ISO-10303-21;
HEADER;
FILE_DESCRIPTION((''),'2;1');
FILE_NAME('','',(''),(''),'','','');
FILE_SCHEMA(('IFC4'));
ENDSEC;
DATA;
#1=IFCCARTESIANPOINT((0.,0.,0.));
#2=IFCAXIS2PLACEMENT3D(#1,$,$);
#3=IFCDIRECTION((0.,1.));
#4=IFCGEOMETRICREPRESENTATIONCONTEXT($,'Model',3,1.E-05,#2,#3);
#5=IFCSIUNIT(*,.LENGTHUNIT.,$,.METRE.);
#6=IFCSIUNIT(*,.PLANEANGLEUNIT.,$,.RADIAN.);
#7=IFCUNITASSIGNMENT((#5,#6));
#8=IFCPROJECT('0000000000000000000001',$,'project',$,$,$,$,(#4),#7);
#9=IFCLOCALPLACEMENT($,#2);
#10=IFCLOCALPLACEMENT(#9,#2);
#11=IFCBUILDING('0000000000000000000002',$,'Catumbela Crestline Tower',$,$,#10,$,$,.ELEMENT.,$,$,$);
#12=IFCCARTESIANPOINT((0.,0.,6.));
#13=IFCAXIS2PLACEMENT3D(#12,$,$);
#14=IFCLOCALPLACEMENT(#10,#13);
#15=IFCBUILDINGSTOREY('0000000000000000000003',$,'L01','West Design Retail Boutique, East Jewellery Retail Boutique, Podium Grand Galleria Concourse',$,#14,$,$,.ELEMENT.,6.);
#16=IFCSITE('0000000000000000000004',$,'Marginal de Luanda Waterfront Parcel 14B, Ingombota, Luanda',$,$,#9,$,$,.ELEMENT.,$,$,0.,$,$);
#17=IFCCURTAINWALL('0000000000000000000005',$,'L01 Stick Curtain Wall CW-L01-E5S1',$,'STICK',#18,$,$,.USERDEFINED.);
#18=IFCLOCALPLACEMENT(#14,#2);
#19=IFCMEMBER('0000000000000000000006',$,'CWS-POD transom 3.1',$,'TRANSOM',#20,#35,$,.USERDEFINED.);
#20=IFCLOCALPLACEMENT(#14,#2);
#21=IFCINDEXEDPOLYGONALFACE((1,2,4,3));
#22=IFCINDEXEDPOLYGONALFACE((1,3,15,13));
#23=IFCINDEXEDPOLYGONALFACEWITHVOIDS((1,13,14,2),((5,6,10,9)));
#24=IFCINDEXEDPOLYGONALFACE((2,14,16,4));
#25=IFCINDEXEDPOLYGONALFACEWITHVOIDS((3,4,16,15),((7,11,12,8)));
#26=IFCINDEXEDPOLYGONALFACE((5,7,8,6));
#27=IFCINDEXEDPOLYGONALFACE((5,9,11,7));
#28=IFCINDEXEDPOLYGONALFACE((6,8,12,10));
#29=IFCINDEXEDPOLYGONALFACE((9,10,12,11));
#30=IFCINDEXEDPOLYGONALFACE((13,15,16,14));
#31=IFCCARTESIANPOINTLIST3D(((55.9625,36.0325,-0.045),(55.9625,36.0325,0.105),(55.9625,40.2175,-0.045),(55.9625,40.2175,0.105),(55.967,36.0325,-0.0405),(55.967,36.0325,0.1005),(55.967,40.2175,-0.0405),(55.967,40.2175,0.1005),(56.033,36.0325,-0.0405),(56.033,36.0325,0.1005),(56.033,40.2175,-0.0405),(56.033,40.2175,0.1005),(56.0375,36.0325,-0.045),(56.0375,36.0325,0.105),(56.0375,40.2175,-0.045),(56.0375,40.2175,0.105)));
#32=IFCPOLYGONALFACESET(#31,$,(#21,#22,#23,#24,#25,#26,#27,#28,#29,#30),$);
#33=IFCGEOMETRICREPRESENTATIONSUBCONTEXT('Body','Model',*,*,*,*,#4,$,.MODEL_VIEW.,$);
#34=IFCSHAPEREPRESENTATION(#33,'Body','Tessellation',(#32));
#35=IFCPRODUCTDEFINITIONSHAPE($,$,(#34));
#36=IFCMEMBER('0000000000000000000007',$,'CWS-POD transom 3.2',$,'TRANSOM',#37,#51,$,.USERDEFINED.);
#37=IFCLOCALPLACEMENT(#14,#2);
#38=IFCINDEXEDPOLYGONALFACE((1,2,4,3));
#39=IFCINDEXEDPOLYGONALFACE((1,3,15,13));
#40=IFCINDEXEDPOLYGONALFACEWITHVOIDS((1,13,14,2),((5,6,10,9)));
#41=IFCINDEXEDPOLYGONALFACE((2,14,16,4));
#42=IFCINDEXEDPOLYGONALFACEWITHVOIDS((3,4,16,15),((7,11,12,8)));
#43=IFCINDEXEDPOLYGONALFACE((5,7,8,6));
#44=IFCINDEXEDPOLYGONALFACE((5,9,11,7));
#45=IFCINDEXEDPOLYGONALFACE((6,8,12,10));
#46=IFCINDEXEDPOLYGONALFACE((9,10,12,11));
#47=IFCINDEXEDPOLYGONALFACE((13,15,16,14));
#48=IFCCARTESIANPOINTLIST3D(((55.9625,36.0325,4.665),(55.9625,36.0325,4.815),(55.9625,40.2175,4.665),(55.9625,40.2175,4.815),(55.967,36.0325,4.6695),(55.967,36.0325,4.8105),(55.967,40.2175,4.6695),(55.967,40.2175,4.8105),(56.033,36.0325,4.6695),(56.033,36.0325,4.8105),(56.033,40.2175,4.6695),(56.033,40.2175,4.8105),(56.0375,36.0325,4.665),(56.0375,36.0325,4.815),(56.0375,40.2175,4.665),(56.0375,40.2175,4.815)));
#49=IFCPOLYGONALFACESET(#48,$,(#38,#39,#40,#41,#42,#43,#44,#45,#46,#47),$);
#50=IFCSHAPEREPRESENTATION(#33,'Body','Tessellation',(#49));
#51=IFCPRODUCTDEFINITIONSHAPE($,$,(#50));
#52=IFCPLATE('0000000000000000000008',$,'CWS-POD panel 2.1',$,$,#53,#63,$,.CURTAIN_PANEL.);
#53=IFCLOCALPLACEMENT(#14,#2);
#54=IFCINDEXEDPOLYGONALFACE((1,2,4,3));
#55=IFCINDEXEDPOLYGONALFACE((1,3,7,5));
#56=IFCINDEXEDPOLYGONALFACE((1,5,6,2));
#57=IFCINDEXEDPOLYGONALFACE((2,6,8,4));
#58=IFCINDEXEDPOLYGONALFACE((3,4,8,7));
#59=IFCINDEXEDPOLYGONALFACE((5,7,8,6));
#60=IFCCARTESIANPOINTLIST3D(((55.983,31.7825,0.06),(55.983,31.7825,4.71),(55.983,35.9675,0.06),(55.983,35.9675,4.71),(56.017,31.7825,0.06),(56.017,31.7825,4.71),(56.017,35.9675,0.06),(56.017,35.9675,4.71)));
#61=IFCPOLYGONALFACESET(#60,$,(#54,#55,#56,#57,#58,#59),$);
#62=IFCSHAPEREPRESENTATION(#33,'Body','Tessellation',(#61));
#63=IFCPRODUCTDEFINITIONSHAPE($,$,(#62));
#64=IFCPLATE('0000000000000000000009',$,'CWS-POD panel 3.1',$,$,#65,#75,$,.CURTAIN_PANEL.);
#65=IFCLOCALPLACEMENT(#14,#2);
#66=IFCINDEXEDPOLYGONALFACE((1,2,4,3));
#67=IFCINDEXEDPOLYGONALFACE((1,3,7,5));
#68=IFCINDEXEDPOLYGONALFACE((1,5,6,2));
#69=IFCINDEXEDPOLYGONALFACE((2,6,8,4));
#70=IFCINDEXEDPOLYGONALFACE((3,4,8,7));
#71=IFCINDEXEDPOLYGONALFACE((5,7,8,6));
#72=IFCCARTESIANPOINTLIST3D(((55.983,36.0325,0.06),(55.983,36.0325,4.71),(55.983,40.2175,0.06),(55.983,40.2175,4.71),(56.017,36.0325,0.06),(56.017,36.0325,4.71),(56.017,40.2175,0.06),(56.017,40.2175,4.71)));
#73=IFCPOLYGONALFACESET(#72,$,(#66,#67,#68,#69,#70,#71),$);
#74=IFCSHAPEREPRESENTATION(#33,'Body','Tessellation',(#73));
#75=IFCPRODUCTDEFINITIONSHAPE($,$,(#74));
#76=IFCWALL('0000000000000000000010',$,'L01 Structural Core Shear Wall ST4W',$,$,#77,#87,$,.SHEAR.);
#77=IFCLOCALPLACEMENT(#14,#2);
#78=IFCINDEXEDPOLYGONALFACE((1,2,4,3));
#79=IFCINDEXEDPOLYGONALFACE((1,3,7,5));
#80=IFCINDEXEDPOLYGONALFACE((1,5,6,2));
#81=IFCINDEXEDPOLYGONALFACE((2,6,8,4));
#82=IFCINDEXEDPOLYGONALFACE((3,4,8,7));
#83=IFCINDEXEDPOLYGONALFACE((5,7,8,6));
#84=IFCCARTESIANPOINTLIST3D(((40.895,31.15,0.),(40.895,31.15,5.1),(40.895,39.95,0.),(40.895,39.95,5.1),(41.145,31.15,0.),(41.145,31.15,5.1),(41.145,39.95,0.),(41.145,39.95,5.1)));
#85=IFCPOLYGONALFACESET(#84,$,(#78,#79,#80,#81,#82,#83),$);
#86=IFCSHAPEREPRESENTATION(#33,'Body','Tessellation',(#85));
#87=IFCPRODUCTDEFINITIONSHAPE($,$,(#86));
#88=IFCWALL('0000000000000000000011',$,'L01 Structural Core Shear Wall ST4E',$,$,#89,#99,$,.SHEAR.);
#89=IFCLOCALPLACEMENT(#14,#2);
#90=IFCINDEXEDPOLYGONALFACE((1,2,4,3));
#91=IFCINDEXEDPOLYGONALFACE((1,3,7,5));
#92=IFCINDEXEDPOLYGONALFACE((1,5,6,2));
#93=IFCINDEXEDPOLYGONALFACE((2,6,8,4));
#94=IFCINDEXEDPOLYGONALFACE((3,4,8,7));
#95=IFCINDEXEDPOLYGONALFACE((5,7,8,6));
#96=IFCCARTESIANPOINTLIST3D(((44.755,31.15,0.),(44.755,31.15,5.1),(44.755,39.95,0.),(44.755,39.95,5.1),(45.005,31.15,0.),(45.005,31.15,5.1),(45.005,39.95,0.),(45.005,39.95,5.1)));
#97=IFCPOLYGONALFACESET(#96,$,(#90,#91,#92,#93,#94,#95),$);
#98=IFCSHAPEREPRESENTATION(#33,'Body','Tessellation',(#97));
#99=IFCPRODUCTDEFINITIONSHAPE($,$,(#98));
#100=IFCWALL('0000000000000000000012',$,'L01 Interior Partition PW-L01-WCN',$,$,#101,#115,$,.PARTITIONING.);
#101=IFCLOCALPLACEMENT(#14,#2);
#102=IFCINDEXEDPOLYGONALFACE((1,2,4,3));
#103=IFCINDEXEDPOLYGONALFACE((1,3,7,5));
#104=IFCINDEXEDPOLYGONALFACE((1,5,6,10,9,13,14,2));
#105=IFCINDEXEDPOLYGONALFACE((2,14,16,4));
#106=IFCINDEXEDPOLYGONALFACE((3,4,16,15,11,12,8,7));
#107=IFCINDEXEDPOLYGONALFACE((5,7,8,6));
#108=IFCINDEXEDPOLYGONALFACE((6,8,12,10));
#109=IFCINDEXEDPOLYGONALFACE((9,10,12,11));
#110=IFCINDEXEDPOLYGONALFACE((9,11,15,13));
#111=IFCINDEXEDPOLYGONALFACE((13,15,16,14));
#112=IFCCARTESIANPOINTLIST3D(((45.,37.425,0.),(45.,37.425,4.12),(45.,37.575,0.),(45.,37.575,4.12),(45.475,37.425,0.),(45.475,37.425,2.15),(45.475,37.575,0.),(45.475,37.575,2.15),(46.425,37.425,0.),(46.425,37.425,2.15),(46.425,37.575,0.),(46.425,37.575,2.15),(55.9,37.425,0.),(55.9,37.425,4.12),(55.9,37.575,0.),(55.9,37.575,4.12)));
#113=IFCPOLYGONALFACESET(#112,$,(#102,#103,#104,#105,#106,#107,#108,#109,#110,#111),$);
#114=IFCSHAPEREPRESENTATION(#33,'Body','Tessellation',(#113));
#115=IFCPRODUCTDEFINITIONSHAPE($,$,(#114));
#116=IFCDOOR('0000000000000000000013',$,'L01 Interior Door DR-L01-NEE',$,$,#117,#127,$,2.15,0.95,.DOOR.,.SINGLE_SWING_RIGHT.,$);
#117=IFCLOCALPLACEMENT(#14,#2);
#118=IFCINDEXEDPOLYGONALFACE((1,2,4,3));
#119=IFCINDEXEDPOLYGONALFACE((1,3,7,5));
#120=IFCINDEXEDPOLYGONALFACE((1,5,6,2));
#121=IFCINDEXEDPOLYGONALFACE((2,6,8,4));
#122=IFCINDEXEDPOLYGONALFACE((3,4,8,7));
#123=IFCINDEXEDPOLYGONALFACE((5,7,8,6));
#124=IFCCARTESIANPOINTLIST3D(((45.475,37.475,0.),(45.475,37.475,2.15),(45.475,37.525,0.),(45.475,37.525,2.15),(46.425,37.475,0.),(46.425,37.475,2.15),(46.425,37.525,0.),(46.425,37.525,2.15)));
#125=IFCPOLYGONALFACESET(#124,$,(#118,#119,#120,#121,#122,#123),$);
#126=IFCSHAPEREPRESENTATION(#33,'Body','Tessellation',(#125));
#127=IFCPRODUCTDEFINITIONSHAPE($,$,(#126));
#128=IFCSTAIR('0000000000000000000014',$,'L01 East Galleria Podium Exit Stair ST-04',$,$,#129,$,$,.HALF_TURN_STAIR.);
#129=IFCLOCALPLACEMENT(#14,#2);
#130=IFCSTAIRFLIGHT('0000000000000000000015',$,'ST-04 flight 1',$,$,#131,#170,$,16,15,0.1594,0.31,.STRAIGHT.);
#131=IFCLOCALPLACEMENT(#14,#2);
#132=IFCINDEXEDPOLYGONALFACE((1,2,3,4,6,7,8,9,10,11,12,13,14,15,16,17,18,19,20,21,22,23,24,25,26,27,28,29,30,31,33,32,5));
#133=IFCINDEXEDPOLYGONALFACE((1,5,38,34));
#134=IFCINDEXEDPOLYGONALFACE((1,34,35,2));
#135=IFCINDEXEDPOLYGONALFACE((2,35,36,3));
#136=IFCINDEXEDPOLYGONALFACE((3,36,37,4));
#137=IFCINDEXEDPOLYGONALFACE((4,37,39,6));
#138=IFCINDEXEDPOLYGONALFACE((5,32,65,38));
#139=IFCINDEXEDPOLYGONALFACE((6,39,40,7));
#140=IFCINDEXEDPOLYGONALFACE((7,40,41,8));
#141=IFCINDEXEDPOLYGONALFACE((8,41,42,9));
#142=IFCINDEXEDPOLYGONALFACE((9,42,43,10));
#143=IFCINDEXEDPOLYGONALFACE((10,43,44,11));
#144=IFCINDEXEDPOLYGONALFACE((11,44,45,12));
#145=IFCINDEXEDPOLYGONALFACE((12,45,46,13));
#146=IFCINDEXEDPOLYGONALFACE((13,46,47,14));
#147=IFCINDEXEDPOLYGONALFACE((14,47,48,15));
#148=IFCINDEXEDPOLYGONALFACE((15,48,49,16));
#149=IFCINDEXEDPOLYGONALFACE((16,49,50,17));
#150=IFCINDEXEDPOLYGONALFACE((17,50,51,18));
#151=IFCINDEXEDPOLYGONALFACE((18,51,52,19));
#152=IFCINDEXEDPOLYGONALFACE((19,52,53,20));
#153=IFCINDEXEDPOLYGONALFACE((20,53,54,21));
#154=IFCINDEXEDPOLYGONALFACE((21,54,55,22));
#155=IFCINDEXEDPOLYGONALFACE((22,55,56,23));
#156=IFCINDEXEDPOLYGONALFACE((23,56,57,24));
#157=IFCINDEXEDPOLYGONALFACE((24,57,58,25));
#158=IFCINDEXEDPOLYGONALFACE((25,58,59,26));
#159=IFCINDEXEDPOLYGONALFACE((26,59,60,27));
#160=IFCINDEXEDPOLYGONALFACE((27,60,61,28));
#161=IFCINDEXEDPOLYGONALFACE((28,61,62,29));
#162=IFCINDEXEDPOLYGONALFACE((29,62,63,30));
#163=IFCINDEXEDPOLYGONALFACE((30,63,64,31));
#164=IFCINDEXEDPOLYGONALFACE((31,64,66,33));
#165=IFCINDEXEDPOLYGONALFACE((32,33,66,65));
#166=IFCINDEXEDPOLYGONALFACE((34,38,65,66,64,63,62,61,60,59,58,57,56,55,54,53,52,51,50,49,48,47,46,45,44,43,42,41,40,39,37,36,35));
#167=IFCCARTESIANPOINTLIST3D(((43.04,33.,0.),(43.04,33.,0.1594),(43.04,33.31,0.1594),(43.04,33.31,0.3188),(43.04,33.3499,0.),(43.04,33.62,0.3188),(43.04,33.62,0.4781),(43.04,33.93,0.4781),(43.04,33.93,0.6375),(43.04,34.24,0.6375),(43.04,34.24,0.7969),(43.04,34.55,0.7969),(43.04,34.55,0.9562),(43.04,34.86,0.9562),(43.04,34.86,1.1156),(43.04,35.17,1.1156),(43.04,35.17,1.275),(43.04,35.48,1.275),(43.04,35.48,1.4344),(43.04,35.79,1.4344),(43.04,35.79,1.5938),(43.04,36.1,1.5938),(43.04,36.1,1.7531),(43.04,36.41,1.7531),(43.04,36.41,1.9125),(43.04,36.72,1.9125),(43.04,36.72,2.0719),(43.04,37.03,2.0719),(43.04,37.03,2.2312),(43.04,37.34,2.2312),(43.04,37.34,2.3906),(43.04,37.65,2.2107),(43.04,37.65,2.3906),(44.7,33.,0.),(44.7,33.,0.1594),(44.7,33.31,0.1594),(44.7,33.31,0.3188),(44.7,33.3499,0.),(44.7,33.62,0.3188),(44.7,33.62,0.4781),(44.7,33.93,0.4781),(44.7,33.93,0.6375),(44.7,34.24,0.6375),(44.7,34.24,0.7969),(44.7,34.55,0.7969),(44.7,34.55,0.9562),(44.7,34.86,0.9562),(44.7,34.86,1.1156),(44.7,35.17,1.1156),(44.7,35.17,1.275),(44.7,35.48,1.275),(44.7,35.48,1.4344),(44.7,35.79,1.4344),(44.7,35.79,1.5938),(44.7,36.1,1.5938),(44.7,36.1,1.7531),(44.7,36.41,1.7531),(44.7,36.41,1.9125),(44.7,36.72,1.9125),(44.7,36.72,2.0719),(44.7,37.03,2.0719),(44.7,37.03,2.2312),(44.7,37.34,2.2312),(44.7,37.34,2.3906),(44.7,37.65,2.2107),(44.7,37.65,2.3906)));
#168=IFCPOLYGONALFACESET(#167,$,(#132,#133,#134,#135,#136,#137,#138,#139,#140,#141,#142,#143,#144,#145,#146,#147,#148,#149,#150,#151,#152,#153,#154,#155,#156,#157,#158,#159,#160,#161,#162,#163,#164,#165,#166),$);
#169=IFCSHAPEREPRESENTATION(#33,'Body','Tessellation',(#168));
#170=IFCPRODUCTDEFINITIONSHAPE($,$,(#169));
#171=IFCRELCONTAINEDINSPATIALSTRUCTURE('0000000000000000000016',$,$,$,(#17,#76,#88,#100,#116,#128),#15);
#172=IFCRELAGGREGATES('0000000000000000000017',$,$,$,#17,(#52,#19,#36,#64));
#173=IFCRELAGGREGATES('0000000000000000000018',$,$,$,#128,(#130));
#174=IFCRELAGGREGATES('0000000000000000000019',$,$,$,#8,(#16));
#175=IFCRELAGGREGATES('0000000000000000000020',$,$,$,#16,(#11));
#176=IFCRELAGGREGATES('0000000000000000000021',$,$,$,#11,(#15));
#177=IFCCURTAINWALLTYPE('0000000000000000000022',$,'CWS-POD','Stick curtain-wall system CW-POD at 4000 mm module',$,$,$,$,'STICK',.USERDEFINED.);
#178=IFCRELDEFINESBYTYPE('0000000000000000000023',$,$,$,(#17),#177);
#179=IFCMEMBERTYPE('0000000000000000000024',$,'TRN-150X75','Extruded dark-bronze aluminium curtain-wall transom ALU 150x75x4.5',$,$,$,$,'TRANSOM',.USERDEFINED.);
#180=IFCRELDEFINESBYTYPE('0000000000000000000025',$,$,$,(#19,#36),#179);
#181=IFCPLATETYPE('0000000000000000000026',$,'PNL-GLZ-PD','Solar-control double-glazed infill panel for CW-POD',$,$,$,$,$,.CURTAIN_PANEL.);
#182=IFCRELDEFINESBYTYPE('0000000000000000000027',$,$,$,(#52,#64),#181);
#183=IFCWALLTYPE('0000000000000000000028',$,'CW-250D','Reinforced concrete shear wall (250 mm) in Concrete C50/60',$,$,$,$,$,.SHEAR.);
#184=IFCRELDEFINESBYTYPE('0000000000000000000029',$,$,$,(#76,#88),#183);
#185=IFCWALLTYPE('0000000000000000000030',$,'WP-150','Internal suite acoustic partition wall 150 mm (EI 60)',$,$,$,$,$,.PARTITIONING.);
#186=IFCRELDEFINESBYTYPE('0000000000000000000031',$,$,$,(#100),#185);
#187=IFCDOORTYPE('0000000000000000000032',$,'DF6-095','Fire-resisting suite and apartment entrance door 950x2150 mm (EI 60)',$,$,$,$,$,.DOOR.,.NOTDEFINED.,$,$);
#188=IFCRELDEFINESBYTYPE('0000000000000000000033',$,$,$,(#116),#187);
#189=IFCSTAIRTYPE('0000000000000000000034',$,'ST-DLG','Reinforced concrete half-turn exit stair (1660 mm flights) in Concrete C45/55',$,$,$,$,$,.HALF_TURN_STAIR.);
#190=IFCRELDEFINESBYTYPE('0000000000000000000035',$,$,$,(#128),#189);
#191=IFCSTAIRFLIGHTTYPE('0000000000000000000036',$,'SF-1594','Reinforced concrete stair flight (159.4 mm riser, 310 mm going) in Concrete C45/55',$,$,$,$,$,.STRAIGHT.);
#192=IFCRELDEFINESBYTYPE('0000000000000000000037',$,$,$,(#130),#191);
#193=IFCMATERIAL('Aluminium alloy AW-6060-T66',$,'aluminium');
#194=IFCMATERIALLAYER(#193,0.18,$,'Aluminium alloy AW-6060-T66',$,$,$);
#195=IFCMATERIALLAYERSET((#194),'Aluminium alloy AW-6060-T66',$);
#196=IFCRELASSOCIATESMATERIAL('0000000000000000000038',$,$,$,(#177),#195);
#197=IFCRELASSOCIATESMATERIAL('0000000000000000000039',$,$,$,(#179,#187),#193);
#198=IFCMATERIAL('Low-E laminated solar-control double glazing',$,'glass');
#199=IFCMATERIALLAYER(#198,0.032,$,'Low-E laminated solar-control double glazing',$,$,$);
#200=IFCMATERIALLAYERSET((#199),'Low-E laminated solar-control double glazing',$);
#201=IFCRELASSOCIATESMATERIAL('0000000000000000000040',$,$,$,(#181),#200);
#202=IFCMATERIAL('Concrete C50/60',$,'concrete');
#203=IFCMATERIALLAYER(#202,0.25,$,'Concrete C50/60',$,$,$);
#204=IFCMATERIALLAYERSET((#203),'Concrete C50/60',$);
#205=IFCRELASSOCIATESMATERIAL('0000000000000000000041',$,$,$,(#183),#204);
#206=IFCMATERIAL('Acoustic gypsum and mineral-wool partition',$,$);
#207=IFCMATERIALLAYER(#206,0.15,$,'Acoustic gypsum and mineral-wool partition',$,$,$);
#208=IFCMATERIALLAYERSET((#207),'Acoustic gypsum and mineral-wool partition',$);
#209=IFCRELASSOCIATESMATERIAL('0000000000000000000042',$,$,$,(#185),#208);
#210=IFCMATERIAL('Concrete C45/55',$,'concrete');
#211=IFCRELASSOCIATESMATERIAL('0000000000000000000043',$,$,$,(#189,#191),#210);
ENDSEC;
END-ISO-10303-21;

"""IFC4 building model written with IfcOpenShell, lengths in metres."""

from ifc_helpers import new_model, si_unit, direction, frame, frame_2d, origin, origin_2d, place, context, subcontext, project, spatial, polyline, rectangle, hollow_rectangle, outline, extrude, material, layer, layer_set, material_profile, profile_set, type_object, element, fill, aggregate, save


model = new_model("IFC4")

# Units and contexts
model_context = context("Model", 3, precision=1e-05, world=origin(), true_north=direction((0.0, 1.0)))
body_context = subcontext(model_context, "Body", "Model", "MODEL_VIEW")
ifc_project = project(units=[si_unit("LENGTHUNIT", "METRE"), si_unit("PLANEANGLEUNIT", "RADIAN")], contexts=[model_context])

# Site, building, storey
site_placement = place(None, origin())
site = spatial("IfcSite", under=ifc_project, at=site_placement, Name="Marginal de Luanda Waterfront Parcel 14B, Ingombota, Luanda", CompositionType="ELEMENT", RefElevation=0.0)
building_placement = place(site_placement, origin())
building = spatial("IfcBuilding", under=site, at=building_placement, Name="Catumbela Crestline Tower", CompositionType="ELEMENT")
storey_placement = place(building_placement, frame((0.0, 0.0, 6.0)))
storey = spatial("IfcBuildingStorey", under=building, at=storey_placement, Name="L01", Description="West Design Retail Boutique, East Jewellery Retail Boutique, Podium Grand Galleria Concourse", CompositionType="ELEMENT", Elevation=6.0)

# Curtain wall, members, plates
ifc_material_1 = material(Name="Aluminium alloy AW-6060-T66", Category="aluminium")
ifc_layer_1 = layer(ifc_material_1, 0.18, Name="Aluminium alloy AW-6060-T66")
ifc_layer_set_1 = layer_set([ifc_layer_1], Name="Aluminium alloy AW-6060-T66")
curtain_wall_type = type_object("IfcCurtainWallType", Name="CWS-POD", Description="Stick curtain-wall system CW-POD at 4000 mm module", ElementType="STICK", PredefinedType="USERDEFINED", material=ifc_layer_set_1)
curtain_wall_placement = place(storey_placement, origin())
curtain_wall = element("IfcCurtainWall", 1, at=curtain_wall_placement, inside=storey, type_object=curtain_wall_type, Name="L01 Stick Curtain Wall CW-L01-E5S1", ObjectType="STICK", PredefinedType="USERDEFINED")
ifc_material_profile_1 = material_profile(ifc_material_1, hollow_rectangle(XDim=0.075, YDim=0.15, WallThickness=0.0045, at=origin_2d()), Name="ALU 150x75x4.5")
ifc_profile_set_1 = profile_set([ifc_material_profile_1], Name="Aluminium alloy AW-6060-T66")
member_type_1 = type_object("IfcMemberType", Name="TRN-150X75", Description="Extruded dark-bronze aluminium curtain-wall transom ALU 150x75x4.5", ElementType="TRANSOM", PredefinedType="USERDEFINED", material=ifc_profile_set_1)
member_1_placement = place(storey_placement, frame((56.0, 36.0325, 0.03), z_axis=(0.0, 1.0, 0.0), x_axis=(-1.0, 0.0, 0.0)))
member_1 = element("IfcMember", 2, at=member_1_placement, type_object=member_type_1, Name="CWS-POD transom 3.1", ObjectType="TRANSOM", PredefinedType="USERDEFINED", context=body_context, shape_type="SweptSolid", body=[
    extrude(hollow_rectangle(XDim=0.075, YDim=0.15, WallThickness=0.0045, at=origin_2d()), origin(), (0.0, 0.0, 1.0), 4.185),
])
member_2_placement = place(storey_placement, frame((56.0, 36.0325, 4.74), z_axis=(0.0, 1.0, 0.0), x_axis=(-1.0, 0.0, 0.0)))
member_2 = element("IfcMember", 3, at=member_2_placement, type_object=member_type_1, Name="CWS-POD transom 3.2", ObjectType="TRANSOM", PredefinedType="USERDEFINED", context=body_context, shape_type="SweptSolid", body=[
    extrude(hollow_rectangle(XDim=0.075, YDim=0.15, WallThickness=0.0045, at=origin_2d()), origin(), (0.0, 0.0, 1.0), 4.185),
])
ifc_material_2 = material(Name="Low-E laminated solar-control double glazing", Category="glass")
ifc_layer_2 = layer(ifc_material_2, 0.032, Name="Low-E laminated solar-control double glazing")
ifc_layer_set_2 = layer_set([ifc_layer_2], Name="Low-E laminated solar-control double glazing")
plate_type = type_object("IfcPlateType", Name="PNL-GLZ-PD", Description="Solar-control double-glazed infill panel for CW-POD", PredefinedType="CURTAIN_PANEL", material=ifc_layer_set_2)
plate_1_placement = place(storey_placement, frame((56.0, 33.875, 0.06), z_axis=(0.0, 0.0, 1.0), x_axis=(0.0, 1.0, 0.0)))
plate_1 = element("IfcPlate", 4, at=plate_1_placement, type_object=plate_type, Name="CWS-POD panel 2.1", PredefinedType="CURTAIN_PANEL", context=body_context, shape_type="SweptSolid", body=[
    extrude(rectangle(XDim=4.185, YDim=0.034, at=origin_2d()), origin(), (0.0, 0.0, 1.0), 4.65),
])
plate_2_placement = place(storey_placement, frame((56.0, 38.125, 0.06), z_axis=(0.0, 0.0, 1.0), x_axis=(0.0, 1.0, 0.0)))
plate_2 = element("IfcPlate", 5, at=plate_2_placement, type_object=plate_type, Name="CWS-POD panel 3.1", PredefinedType="CURTAIN_PANEL", context=body_context, shape_type="SweptSolid", body=[
    extrude(rectangle(XDim=4.185, YDim=0.034, at=origin_2d()), origin(), (0.0, 0.0, 1.0), 4.65),
])
aggregate(curtain_wall, [plate_1, member_1, member_2, plate_2])

# Walls
ifc_material_3 = material(Name="Concrete C50/60", Category="concrete")
ifc_layer_3 = layer(ifc_material_3, 0.25, Name="Concrete C50/60")
ifc_layer_set_3 = layer_set([ifc_layer_3], Name="Concrete C50/60")
wall_type_1 = type_object("IfcWallType", Name="CW-250D", Description="Reinforced concrete shear wall (250 mm) in Concrete C50/60", PredefinedType="SHEAR", material=ifc_layer_set_3)
for number, where, z_axis, x_axis, name in (
    (6, (41.02, 31.15, 0.0), (0.0, 0.0, 1.0), (0.0, 1.0, 0.0), "L01 Structural Core Shear Wall ST4W"),
    (7, (44.88, 31.15, 0.0), (0.0, 0.0, 1.0), (0.0, 1.0, 0.0), "L01 Structural Core Shear Wall ST4E"),
):
    element("IfcWall", number, at=place(storey_placement, frame(where, z_axis=z_axis, x_axis=x_axis)), inside=storey, type_object=wall_type_1, Name=name, PredefinedType="SHEAR", context=body_context, shape_type="SweptSolid", body=[
        extrude(rectangle(XDim=8.8, YDim=0.25, at=frame_2d((4.4, 0.0))), origin(), (0.0, 0.0, 1.0), 5.1),
    ])

# Wall, opening, door
ifc_material_4 = material(Name="Acoustic gypsum and mineral-wool partition")
ifc_layer_4 = layer(ifc_material_4, 0.15, Name="Acoustic gypsum and mineral-wool partition")
ifc_layer_set_4 = layer_set([ifc_layer_4], Name="Acoustic gypsum and mineral-wool partition")
wall_type_2 = type_object("IfcWallType", Name="WP-150", Description="Internal suite acoustic partition wall 150 mm (EI 60)", PredefinedType="PARTITIONING", material=ifc_layer_set_4)
wall_placement = place(storey_placement, frame((45.0, 37.5, 0.0), z_axis=(0.0, 0.0, 1.0), x_axis=(1.0, 0.0, 0.0)))
wall = element("IfcWall", 8, at=wall_placement, inside=storey, type_object=wall_type_2, Name="L01 Interior Partition PW-L01-WCN", PredefinedType="PARTITIONING", context=body_context, shape_type="SweptSolid", body=[
    extrude(rectangle(XDim=10.9, YDim=0.15, at=frame_2d((5.45, 0.0))), origin(), (0.0, 0.0, 1.0), 4.12),
])
opening_placement = place(wall_placement, frame((0.475, 0.0, 0.0)))
opening = element("IfcOpeningElement", 9, at=opening_placement, cuts=wall, PredefinedType="OPENING", context=body_context, shape_type="SweptSolid", body=[
    extrude(rectangle(XDim=0.95, YDim=2.15, at=frame_2d((0.475, 1.075))), frame((0.0, 0.085, 0.0), z_axis=(0.0, -1.0, 0.0), x_axis=(1.0, 0.0, 0.0)), (0.0, 0.0, 1.0), 0.17),
])
door_type = type_object("IfcDoorType", Name="DF6-095", Description="Fire-resisting suite and apartment entrance door 950x2150 mm (EI 60)", OperationType="NOTDEFINED", PredefinedType="DOOR", material=ifc_material_1)
door_placement = place(opening_placement, origin())
door = element("IfcDoor", 10, at=door_placement, inside=storey, type_object=door_type, Name="L01 Interior Door DR-L01-NEE", OperationType="SINGLE_SWING_RIGHT", OverallHeight=2.15, OverallWidth=0.95, PredefinedType="DOOR", context=body_context, shape_type="SweptSolid", body=[
    extrude(rectangle(XDim=0.95, YDim=2.15, at=frame_2d((0.475, 1.075))), frame((0.0, 0.025, 0.0), z_axis=(0.0, -1.0, 0.0), x_axis=(1.0, 0.0, 0.0)), (0.0, 0.0, 1.0), 0.05),
])
fill(opening, door)

# Stair, stair flight
ifc_material_5 = material(Name="Concrete C45/55", Category="concrete")
stair_type = type_object("IfcStairType", Name="ST-DLG", Description="Reinforced concrete half-turn exit stair (1660 mm flights) in Concrete C45/55", PredefinedType="HALF_TURN_STAIR", material=ifc_material_5)
stair_placement = place(storey_placement, origin())
stair = element("IfcStair", 11, at=stair_placement, inside=storey, type_object=stair_type, Name="L01 East Galleria Podium Exit Stair ST-04", PredefinedType="HALF_TURN_STAIR")
stair_flight_type = type_object("IfcStairFlightType", Name="SF-1594", Description="Reinforced concrete stair flight (159.4 mm riser, 310 mm going) in Concrete C45/55", PredefinedType="STRAIGHT", material=ifc_material_5)
stair_flight_1_placement = place(storey_placement, frame((43.87, 33.0, 0.0), z_axis=(0.0, 0.0, 1.0), x_axis=(0.0, 1.0, 0.0)))
stair_flight_1 = element("IfcStairFlight", 12, at=stair_flight_1_placement, type_object=stair_flight_type, Name="ST-04 flight 1", NumberOfRisers=16, NumberOfTreads=15, PredefinedType="STRAIGHT", RiserHeight=0.1594, TreadLength=0.31, context=body_context, shape_type="SweptSolid", body=[
    extrude(outline(polyline([(0.0, 0.0), (0.0, 0.1594), (0.31, 0.1594), (0.31, 0.3188), (0.62, 0.3188), (0.62, 0.4781), (0.93, 0.4781), (0.93, 0.6375), (1.24, 0.6375), (1.24, 0.7969), (1.55, 0.7969), (1.55, 0.9562), (1.86, 0.9562), (1.86, 1.1156), (2.17, 1.1156), (2.17, 1.275), (2.48, 1.275), (2.48, 1.4344), (2.79, 1.4344), (2.79, 1.5938), (3.1, 1.5938), (3.1, 1.7531), (3.41, 1.7531), (3.41, 1.9125), (3.72, 1.9125), (3.72, 2.0719), (4.03, 2.0719), (4.03, 2.2312), (4.34, 2.2312), (4.34, 2.3906), (4.65, 2.3906), (4.65, 2.55), (4.65, 2.2107), (0.3499, 0.0), (0.0, 0.0)])), frame((0.0, 0.83, 0.0), z_axis=(0.0, -1.0, 0.0), x_axis=(1.0, 0.0, 0.0)), (0.0, 0.0, 1.0), 1.66),
])
aggregate(stair, [stair_flight_1])

save(model, "model.ifc")
